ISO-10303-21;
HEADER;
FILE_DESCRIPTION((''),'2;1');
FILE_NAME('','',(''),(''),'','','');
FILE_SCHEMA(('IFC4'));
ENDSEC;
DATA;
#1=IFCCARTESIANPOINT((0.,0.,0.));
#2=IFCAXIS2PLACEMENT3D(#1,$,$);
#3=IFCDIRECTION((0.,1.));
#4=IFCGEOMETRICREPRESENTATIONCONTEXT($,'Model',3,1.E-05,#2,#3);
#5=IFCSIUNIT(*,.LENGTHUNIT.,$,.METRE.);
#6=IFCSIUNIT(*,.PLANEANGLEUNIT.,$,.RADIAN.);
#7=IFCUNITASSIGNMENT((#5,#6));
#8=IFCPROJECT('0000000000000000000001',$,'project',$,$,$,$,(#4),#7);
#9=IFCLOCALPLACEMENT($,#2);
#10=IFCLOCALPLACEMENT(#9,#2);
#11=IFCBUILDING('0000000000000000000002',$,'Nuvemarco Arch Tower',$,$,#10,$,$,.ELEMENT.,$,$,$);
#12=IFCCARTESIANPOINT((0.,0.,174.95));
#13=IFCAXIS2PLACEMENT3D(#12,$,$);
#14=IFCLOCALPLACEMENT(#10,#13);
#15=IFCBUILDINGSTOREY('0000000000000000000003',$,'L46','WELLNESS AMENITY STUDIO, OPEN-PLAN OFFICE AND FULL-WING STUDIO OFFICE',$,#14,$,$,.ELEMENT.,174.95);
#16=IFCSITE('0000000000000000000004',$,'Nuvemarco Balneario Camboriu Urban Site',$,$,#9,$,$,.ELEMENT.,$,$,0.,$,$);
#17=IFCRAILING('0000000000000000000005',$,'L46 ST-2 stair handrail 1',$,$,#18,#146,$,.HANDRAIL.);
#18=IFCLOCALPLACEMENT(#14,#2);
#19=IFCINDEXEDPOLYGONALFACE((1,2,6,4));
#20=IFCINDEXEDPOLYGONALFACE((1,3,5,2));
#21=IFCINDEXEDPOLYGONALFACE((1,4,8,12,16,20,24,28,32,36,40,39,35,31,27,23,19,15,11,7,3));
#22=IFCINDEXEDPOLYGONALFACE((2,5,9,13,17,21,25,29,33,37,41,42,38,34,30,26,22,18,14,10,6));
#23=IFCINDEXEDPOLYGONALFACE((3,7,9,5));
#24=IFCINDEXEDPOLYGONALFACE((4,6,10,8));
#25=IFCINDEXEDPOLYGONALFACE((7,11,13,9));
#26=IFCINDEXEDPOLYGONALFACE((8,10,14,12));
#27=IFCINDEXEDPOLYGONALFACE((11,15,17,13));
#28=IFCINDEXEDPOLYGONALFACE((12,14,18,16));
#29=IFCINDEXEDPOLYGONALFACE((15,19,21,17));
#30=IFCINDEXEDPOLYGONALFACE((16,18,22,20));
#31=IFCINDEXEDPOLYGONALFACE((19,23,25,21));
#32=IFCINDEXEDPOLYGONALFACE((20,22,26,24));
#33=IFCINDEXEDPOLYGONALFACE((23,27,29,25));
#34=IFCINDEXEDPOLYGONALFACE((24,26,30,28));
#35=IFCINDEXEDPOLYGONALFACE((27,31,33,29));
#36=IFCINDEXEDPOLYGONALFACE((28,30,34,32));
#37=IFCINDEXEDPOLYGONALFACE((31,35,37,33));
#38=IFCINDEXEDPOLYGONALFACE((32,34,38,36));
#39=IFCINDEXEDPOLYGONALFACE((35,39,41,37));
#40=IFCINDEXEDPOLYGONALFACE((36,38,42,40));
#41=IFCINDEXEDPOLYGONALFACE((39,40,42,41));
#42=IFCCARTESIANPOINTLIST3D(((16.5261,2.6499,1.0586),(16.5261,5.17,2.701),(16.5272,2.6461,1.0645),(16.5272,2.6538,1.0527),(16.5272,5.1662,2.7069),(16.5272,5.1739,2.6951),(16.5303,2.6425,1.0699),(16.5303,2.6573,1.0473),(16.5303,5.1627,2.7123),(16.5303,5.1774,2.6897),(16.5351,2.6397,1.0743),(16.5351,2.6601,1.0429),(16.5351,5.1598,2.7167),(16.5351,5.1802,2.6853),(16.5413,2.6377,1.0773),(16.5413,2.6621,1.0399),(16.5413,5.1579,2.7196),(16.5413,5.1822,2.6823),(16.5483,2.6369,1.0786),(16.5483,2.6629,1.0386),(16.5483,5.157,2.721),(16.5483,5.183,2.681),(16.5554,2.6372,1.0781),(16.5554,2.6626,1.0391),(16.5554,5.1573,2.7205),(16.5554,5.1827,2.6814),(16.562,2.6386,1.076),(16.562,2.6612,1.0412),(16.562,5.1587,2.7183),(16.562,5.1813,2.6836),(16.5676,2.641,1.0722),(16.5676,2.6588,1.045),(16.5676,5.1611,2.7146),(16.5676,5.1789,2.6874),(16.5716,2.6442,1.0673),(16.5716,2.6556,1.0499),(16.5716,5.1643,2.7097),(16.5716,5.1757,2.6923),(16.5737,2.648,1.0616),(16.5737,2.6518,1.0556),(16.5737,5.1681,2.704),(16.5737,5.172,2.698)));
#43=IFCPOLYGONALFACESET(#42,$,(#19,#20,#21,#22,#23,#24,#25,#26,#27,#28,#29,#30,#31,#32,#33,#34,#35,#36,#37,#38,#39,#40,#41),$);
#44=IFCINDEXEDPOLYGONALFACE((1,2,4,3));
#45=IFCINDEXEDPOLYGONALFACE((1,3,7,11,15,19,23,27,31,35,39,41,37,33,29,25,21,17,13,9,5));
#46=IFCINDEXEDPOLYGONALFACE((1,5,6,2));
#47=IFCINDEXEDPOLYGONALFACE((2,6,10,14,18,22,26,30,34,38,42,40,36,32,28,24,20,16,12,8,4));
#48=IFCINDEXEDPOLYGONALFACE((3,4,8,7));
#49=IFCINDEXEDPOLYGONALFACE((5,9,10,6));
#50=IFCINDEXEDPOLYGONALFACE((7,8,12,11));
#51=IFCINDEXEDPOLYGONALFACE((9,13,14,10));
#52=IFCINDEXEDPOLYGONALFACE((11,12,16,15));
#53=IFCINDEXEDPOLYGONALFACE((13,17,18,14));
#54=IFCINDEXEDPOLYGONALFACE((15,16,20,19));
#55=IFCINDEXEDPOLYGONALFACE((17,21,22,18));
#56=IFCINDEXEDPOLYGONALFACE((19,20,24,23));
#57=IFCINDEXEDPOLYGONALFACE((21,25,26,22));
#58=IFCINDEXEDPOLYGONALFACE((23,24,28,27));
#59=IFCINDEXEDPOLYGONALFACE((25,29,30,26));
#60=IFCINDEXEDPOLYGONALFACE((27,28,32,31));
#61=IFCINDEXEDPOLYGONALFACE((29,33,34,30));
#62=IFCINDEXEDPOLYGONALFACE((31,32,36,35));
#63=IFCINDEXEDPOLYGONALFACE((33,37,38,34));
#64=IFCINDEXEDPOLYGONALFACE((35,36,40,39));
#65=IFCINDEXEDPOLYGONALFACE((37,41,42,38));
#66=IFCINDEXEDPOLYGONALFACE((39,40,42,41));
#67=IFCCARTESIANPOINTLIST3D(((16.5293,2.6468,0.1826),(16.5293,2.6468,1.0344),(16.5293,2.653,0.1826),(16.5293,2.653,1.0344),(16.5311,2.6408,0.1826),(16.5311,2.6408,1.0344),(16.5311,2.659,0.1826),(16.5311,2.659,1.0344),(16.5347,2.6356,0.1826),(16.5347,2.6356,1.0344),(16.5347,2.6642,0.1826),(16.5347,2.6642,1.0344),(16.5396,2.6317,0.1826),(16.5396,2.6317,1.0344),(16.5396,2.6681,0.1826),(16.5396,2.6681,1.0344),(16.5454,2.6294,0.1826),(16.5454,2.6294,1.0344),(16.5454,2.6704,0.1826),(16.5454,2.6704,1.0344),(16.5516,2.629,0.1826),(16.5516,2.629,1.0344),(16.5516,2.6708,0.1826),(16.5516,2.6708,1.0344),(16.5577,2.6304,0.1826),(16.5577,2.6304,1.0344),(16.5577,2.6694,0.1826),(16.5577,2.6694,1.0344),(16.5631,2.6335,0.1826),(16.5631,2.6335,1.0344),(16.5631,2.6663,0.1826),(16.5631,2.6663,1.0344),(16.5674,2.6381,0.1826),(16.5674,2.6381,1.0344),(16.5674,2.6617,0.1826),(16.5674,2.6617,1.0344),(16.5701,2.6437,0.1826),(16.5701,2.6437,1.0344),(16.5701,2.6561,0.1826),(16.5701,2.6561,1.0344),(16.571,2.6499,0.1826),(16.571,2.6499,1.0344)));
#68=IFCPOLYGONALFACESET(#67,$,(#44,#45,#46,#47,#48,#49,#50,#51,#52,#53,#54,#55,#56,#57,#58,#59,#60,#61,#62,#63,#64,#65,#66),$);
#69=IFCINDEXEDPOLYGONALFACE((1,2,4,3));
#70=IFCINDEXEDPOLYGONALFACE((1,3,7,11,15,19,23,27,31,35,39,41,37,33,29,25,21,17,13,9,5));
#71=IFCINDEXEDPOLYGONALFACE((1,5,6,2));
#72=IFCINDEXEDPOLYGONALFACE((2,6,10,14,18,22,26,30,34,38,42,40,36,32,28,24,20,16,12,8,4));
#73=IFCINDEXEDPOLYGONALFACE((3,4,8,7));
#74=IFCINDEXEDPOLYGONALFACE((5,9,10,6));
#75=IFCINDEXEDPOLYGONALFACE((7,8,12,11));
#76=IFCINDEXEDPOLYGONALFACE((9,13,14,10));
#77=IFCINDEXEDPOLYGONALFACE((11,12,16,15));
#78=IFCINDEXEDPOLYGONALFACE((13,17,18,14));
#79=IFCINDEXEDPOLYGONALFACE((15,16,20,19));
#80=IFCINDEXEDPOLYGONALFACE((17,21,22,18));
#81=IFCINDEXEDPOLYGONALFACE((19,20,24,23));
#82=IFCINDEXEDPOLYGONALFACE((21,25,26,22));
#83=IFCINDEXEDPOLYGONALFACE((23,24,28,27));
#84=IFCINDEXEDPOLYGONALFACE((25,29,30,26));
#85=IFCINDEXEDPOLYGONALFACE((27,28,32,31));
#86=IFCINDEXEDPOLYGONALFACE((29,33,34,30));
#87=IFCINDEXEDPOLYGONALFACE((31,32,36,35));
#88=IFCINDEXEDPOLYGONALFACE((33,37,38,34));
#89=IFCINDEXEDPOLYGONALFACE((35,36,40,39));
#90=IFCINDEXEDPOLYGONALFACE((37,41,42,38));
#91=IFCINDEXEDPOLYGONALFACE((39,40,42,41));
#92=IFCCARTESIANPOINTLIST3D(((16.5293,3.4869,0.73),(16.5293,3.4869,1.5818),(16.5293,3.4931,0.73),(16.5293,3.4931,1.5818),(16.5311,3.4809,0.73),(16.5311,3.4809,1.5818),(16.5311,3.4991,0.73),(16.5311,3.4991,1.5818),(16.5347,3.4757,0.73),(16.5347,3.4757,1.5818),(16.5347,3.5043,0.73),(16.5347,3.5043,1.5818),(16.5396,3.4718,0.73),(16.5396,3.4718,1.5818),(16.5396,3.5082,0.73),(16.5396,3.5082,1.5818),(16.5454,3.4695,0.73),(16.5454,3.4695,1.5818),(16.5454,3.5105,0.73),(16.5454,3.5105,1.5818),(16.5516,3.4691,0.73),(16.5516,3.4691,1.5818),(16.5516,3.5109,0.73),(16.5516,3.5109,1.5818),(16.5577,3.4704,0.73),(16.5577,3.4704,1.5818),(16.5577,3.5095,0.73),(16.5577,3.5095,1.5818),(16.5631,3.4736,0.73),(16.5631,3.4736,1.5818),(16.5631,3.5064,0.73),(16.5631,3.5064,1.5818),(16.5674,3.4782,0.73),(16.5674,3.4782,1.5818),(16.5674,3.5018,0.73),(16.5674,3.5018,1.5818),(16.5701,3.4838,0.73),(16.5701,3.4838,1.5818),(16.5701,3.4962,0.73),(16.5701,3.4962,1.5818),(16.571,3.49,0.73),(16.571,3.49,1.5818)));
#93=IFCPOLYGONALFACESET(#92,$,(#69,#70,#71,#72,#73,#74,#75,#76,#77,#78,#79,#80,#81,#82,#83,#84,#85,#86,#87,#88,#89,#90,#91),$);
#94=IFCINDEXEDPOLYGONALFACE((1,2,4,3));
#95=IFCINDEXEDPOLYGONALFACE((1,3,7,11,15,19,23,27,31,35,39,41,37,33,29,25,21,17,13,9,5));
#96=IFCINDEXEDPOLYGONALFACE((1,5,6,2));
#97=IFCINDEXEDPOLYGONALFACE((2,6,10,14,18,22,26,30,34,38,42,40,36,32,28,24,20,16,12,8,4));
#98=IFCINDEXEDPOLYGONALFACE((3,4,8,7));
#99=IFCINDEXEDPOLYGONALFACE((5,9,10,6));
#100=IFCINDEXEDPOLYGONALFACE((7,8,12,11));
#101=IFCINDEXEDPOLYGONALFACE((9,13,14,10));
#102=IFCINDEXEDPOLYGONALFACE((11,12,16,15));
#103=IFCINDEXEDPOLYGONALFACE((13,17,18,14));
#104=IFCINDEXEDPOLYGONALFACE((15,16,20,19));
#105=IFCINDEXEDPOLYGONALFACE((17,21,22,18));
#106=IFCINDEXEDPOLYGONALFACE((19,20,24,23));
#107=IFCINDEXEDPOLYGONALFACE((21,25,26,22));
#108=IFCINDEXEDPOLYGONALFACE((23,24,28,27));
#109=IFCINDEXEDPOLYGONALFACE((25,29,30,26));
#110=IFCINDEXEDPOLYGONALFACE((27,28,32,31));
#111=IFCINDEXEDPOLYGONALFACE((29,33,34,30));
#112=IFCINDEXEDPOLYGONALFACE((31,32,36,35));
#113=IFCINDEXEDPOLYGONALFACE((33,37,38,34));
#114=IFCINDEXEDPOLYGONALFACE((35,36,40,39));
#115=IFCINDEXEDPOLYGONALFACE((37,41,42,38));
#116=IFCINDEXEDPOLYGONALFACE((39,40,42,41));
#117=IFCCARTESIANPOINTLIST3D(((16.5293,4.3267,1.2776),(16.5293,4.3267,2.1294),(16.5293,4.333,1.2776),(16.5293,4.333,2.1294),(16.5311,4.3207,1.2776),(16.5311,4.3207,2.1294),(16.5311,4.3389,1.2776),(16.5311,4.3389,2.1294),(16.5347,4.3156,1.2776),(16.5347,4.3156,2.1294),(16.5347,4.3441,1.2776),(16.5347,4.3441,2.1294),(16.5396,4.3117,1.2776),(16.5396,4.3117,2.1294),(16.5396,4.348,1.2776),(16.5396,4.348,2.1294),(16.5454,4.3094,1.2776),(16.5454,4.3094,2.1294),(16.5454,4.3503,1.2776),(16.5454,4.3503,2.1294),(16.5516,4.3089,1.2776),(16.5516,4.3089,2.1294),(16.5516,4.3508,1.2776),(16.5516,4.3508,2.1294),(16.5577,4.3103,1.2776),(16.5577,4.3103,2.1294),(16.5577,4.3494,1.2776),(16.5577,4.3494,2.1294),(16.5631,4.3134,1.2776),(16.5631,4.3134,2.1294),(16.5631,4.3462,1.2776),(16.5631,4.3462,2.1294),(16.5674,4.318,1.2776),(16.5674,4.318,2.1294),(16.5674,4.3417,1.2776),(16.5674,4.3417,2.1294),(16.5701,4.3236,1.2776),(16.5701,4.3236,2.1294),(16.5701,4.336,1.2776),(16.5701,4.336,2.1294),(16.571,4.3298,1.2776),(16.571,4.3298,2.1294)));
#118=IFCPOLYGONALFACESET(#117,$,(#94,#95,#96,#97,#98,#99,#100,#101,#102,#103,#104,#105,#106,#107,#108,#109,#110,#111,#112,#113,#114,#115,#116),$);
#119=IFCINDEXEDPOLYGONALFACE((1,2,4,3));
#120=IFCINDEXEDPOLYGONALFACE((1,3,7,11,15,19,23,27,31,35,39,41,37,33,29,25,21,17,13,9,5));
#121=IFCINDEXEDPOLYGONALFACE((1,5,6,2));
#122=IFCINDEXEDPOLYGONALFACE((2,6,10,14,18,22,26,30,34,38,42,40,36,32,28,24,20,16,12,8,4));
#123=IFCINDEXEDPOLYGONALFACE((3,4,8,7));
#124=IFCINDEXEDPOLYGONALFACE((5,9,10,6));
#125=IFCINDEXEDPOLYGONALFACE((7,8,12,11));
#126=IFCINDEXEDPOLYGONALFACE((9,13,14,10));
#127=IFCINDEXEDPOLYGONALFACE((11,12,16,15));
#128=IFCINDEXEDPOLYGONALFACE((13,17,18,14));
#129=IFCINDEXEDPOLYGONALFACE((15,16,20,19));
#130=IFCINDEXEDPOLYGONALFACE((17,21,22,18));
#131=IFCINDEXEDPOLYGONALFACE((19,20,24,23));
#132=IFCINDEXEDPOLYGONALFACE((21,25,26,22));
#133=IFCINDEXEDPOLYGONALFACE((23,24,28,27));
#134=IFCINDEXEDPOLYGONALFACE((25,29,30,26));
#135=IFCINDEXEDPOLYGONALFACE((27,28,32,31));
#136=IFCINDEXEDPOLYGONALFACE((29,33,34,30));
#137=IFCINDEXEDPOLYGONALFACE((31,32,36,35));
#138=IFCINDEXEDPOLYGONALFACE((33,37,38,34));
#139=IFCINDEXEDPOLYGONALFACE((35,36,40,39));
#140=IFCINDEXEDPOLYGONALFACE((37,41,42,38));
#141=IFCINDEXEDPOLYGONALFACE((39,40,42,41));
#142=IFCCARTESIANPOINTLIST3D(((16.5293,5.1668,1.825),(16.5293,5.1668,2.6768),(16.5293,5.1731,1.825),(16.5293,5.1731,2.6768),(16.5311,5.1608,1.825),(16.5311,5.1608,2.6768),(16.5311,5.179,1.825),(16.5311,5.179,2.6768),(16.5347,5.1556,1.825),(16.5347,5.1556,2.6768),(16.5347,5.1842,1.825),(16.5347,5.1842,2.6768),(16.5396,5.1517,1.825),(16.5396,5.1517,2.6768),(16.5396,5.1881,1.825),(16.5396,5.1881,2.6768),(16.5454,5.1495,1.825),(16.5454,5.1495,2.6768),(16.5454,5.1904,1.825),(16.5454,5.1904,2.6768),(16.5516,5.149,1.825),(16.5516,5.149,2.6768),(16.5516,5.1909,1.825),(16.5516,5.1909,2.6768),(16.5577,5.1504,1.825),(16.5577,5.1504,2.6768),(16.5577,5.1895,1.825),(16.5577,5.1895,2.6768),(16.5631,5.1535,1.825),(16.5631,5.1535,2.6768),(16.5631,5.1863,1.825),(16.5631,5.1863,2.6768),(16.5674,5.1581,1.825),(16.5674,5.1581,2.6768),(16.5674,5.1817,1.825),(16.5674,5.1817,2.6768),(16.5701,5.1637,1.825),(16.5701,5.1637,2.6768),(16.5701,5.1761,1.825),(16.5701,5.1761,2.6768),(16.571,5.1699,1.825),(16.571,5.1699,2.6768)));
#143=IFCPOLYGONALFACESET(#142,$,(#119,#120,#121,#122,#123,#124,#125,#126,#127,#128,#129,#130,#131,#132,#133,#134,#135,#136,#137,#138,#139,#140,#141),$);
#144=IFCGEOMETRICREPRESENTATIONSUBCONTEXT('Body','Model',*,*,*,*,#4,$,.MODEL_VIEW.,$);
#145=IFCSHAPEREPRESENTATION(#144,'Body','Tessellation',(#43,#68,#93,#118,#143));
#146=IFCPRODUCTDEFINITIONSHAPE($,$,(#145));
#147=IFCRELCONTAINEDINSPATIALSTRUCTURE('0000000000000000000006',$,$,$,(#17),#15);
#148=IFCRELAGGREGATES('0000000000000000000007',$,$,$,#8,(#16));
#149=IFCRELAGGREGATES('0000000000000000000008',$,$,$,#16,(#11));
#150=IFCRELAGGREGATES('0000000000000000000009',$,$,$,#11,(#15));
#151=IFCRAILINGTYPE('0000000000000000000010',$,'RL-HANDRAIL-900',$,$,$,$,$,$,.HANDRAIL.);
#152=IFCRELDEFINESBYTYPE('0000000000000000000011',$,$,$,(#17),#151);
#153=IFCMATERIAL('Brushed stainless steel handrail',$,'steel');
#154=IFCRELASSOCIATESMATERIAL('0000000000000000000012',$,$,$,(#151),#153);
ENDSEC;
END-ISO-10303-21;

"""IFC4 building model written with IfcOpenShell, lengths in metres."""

from ifc_helpers import new_model, si_unit, direction, frame, origin, origin_2d, place, context, subcontext, project, spatial, circle, extrude, material, type_object, element, save


model = new_model("IFC4")

# Units and contexts
model_context = context("Model", 3, precision=1e-05, world=origin(), true_north=direction((0.0, 1.0)))
body_context = subcontext(model_context, "Body", "Model", "MODEL_VIEW")
ifc_project = project(units=[si_unit("LENGTHUNIT", "METRE"), si_unit("PLANEANGLEUNIT", "RADIAN")], contexts=[model_context])

# Site, building, storey
site_placement = place(None, origin())
site = spatial("IfcSite", under=ifc_project, at=site_placement, Name="Nuvemarco Balneario Camboriu Urban Site", CompositionType="ELEMENT", RefElevation=0.0)
building_placement = place(site_placement, origin())
building = spatial("IfcBuilding", under=site, at=building_placement, Name="Nuvemarco Arch Tower", CompositionType="ELEMENT")
storey_placement = place(building_placement, frame((0.0, 0.0, 174.95)))
storey = spatial("IfcBuildingStorey", under=building, at=storey_placement, Name="L46", Description="WELLNESS AMENITY STUDIO, OPEN-PLAN OFFICE AND FULL-WING STUDIO OFFICE", CompositionType="ELEMENT", Elevation=174.95)

# Railing
ifc_material_1 = material(Name="Brushed stainless steel handrail", Category="steel")
railing_type_1 = type_object("IfcRailingType", Name="RL-HANDRAIL-900", PredefinedType="HANDRAIL", material=ifc_material_1)
railing_1_placement = place(storey_placement, frame((16.55, 2.6499, 0.1826)))
element("IfcRailing", 1, at=railing_1_placement, inside=storey, type_object=railing_type_1, Name="L46 ST-2 stair handrail 1", PredefinedType="HANDRAIL", context=body_context, shape_type="SweptSolid", body=[
    extrude(circle(Radius=0.0239, at=origin_2d()), frame((0.0, 0.0, 0.876), z_axis=(0.0, 0.837787, 0.545998), x_axis=(-1.0, 0.0, 0.0)), (0.0, 0.0, 1.0), 3.0081),
    extrude(circle(Radius=0.021, at=origin_2d()), origin(), (0.0, 0.0, 1.0), 0.8518),
    extrude(circle(Radius=0.021, at=origin_2d()), frame((0.0, 0.8401, 0.5474)), (0.0, 0.0, 1.0), 0.8518),
    extrude(circle(Radius=0.021, at=origin_2d()), frame((0.0, 1.6799, 1.095)), (0.0, 0.0, 1.0), 0.8518),
    extrude(circle(Radius=0.021, at=origin_2d()), frame((0.0, 2.52, 1.6423)), (0.0, 0.0, 1.0), 0.8518),
])

save(model, "model.ifc")
